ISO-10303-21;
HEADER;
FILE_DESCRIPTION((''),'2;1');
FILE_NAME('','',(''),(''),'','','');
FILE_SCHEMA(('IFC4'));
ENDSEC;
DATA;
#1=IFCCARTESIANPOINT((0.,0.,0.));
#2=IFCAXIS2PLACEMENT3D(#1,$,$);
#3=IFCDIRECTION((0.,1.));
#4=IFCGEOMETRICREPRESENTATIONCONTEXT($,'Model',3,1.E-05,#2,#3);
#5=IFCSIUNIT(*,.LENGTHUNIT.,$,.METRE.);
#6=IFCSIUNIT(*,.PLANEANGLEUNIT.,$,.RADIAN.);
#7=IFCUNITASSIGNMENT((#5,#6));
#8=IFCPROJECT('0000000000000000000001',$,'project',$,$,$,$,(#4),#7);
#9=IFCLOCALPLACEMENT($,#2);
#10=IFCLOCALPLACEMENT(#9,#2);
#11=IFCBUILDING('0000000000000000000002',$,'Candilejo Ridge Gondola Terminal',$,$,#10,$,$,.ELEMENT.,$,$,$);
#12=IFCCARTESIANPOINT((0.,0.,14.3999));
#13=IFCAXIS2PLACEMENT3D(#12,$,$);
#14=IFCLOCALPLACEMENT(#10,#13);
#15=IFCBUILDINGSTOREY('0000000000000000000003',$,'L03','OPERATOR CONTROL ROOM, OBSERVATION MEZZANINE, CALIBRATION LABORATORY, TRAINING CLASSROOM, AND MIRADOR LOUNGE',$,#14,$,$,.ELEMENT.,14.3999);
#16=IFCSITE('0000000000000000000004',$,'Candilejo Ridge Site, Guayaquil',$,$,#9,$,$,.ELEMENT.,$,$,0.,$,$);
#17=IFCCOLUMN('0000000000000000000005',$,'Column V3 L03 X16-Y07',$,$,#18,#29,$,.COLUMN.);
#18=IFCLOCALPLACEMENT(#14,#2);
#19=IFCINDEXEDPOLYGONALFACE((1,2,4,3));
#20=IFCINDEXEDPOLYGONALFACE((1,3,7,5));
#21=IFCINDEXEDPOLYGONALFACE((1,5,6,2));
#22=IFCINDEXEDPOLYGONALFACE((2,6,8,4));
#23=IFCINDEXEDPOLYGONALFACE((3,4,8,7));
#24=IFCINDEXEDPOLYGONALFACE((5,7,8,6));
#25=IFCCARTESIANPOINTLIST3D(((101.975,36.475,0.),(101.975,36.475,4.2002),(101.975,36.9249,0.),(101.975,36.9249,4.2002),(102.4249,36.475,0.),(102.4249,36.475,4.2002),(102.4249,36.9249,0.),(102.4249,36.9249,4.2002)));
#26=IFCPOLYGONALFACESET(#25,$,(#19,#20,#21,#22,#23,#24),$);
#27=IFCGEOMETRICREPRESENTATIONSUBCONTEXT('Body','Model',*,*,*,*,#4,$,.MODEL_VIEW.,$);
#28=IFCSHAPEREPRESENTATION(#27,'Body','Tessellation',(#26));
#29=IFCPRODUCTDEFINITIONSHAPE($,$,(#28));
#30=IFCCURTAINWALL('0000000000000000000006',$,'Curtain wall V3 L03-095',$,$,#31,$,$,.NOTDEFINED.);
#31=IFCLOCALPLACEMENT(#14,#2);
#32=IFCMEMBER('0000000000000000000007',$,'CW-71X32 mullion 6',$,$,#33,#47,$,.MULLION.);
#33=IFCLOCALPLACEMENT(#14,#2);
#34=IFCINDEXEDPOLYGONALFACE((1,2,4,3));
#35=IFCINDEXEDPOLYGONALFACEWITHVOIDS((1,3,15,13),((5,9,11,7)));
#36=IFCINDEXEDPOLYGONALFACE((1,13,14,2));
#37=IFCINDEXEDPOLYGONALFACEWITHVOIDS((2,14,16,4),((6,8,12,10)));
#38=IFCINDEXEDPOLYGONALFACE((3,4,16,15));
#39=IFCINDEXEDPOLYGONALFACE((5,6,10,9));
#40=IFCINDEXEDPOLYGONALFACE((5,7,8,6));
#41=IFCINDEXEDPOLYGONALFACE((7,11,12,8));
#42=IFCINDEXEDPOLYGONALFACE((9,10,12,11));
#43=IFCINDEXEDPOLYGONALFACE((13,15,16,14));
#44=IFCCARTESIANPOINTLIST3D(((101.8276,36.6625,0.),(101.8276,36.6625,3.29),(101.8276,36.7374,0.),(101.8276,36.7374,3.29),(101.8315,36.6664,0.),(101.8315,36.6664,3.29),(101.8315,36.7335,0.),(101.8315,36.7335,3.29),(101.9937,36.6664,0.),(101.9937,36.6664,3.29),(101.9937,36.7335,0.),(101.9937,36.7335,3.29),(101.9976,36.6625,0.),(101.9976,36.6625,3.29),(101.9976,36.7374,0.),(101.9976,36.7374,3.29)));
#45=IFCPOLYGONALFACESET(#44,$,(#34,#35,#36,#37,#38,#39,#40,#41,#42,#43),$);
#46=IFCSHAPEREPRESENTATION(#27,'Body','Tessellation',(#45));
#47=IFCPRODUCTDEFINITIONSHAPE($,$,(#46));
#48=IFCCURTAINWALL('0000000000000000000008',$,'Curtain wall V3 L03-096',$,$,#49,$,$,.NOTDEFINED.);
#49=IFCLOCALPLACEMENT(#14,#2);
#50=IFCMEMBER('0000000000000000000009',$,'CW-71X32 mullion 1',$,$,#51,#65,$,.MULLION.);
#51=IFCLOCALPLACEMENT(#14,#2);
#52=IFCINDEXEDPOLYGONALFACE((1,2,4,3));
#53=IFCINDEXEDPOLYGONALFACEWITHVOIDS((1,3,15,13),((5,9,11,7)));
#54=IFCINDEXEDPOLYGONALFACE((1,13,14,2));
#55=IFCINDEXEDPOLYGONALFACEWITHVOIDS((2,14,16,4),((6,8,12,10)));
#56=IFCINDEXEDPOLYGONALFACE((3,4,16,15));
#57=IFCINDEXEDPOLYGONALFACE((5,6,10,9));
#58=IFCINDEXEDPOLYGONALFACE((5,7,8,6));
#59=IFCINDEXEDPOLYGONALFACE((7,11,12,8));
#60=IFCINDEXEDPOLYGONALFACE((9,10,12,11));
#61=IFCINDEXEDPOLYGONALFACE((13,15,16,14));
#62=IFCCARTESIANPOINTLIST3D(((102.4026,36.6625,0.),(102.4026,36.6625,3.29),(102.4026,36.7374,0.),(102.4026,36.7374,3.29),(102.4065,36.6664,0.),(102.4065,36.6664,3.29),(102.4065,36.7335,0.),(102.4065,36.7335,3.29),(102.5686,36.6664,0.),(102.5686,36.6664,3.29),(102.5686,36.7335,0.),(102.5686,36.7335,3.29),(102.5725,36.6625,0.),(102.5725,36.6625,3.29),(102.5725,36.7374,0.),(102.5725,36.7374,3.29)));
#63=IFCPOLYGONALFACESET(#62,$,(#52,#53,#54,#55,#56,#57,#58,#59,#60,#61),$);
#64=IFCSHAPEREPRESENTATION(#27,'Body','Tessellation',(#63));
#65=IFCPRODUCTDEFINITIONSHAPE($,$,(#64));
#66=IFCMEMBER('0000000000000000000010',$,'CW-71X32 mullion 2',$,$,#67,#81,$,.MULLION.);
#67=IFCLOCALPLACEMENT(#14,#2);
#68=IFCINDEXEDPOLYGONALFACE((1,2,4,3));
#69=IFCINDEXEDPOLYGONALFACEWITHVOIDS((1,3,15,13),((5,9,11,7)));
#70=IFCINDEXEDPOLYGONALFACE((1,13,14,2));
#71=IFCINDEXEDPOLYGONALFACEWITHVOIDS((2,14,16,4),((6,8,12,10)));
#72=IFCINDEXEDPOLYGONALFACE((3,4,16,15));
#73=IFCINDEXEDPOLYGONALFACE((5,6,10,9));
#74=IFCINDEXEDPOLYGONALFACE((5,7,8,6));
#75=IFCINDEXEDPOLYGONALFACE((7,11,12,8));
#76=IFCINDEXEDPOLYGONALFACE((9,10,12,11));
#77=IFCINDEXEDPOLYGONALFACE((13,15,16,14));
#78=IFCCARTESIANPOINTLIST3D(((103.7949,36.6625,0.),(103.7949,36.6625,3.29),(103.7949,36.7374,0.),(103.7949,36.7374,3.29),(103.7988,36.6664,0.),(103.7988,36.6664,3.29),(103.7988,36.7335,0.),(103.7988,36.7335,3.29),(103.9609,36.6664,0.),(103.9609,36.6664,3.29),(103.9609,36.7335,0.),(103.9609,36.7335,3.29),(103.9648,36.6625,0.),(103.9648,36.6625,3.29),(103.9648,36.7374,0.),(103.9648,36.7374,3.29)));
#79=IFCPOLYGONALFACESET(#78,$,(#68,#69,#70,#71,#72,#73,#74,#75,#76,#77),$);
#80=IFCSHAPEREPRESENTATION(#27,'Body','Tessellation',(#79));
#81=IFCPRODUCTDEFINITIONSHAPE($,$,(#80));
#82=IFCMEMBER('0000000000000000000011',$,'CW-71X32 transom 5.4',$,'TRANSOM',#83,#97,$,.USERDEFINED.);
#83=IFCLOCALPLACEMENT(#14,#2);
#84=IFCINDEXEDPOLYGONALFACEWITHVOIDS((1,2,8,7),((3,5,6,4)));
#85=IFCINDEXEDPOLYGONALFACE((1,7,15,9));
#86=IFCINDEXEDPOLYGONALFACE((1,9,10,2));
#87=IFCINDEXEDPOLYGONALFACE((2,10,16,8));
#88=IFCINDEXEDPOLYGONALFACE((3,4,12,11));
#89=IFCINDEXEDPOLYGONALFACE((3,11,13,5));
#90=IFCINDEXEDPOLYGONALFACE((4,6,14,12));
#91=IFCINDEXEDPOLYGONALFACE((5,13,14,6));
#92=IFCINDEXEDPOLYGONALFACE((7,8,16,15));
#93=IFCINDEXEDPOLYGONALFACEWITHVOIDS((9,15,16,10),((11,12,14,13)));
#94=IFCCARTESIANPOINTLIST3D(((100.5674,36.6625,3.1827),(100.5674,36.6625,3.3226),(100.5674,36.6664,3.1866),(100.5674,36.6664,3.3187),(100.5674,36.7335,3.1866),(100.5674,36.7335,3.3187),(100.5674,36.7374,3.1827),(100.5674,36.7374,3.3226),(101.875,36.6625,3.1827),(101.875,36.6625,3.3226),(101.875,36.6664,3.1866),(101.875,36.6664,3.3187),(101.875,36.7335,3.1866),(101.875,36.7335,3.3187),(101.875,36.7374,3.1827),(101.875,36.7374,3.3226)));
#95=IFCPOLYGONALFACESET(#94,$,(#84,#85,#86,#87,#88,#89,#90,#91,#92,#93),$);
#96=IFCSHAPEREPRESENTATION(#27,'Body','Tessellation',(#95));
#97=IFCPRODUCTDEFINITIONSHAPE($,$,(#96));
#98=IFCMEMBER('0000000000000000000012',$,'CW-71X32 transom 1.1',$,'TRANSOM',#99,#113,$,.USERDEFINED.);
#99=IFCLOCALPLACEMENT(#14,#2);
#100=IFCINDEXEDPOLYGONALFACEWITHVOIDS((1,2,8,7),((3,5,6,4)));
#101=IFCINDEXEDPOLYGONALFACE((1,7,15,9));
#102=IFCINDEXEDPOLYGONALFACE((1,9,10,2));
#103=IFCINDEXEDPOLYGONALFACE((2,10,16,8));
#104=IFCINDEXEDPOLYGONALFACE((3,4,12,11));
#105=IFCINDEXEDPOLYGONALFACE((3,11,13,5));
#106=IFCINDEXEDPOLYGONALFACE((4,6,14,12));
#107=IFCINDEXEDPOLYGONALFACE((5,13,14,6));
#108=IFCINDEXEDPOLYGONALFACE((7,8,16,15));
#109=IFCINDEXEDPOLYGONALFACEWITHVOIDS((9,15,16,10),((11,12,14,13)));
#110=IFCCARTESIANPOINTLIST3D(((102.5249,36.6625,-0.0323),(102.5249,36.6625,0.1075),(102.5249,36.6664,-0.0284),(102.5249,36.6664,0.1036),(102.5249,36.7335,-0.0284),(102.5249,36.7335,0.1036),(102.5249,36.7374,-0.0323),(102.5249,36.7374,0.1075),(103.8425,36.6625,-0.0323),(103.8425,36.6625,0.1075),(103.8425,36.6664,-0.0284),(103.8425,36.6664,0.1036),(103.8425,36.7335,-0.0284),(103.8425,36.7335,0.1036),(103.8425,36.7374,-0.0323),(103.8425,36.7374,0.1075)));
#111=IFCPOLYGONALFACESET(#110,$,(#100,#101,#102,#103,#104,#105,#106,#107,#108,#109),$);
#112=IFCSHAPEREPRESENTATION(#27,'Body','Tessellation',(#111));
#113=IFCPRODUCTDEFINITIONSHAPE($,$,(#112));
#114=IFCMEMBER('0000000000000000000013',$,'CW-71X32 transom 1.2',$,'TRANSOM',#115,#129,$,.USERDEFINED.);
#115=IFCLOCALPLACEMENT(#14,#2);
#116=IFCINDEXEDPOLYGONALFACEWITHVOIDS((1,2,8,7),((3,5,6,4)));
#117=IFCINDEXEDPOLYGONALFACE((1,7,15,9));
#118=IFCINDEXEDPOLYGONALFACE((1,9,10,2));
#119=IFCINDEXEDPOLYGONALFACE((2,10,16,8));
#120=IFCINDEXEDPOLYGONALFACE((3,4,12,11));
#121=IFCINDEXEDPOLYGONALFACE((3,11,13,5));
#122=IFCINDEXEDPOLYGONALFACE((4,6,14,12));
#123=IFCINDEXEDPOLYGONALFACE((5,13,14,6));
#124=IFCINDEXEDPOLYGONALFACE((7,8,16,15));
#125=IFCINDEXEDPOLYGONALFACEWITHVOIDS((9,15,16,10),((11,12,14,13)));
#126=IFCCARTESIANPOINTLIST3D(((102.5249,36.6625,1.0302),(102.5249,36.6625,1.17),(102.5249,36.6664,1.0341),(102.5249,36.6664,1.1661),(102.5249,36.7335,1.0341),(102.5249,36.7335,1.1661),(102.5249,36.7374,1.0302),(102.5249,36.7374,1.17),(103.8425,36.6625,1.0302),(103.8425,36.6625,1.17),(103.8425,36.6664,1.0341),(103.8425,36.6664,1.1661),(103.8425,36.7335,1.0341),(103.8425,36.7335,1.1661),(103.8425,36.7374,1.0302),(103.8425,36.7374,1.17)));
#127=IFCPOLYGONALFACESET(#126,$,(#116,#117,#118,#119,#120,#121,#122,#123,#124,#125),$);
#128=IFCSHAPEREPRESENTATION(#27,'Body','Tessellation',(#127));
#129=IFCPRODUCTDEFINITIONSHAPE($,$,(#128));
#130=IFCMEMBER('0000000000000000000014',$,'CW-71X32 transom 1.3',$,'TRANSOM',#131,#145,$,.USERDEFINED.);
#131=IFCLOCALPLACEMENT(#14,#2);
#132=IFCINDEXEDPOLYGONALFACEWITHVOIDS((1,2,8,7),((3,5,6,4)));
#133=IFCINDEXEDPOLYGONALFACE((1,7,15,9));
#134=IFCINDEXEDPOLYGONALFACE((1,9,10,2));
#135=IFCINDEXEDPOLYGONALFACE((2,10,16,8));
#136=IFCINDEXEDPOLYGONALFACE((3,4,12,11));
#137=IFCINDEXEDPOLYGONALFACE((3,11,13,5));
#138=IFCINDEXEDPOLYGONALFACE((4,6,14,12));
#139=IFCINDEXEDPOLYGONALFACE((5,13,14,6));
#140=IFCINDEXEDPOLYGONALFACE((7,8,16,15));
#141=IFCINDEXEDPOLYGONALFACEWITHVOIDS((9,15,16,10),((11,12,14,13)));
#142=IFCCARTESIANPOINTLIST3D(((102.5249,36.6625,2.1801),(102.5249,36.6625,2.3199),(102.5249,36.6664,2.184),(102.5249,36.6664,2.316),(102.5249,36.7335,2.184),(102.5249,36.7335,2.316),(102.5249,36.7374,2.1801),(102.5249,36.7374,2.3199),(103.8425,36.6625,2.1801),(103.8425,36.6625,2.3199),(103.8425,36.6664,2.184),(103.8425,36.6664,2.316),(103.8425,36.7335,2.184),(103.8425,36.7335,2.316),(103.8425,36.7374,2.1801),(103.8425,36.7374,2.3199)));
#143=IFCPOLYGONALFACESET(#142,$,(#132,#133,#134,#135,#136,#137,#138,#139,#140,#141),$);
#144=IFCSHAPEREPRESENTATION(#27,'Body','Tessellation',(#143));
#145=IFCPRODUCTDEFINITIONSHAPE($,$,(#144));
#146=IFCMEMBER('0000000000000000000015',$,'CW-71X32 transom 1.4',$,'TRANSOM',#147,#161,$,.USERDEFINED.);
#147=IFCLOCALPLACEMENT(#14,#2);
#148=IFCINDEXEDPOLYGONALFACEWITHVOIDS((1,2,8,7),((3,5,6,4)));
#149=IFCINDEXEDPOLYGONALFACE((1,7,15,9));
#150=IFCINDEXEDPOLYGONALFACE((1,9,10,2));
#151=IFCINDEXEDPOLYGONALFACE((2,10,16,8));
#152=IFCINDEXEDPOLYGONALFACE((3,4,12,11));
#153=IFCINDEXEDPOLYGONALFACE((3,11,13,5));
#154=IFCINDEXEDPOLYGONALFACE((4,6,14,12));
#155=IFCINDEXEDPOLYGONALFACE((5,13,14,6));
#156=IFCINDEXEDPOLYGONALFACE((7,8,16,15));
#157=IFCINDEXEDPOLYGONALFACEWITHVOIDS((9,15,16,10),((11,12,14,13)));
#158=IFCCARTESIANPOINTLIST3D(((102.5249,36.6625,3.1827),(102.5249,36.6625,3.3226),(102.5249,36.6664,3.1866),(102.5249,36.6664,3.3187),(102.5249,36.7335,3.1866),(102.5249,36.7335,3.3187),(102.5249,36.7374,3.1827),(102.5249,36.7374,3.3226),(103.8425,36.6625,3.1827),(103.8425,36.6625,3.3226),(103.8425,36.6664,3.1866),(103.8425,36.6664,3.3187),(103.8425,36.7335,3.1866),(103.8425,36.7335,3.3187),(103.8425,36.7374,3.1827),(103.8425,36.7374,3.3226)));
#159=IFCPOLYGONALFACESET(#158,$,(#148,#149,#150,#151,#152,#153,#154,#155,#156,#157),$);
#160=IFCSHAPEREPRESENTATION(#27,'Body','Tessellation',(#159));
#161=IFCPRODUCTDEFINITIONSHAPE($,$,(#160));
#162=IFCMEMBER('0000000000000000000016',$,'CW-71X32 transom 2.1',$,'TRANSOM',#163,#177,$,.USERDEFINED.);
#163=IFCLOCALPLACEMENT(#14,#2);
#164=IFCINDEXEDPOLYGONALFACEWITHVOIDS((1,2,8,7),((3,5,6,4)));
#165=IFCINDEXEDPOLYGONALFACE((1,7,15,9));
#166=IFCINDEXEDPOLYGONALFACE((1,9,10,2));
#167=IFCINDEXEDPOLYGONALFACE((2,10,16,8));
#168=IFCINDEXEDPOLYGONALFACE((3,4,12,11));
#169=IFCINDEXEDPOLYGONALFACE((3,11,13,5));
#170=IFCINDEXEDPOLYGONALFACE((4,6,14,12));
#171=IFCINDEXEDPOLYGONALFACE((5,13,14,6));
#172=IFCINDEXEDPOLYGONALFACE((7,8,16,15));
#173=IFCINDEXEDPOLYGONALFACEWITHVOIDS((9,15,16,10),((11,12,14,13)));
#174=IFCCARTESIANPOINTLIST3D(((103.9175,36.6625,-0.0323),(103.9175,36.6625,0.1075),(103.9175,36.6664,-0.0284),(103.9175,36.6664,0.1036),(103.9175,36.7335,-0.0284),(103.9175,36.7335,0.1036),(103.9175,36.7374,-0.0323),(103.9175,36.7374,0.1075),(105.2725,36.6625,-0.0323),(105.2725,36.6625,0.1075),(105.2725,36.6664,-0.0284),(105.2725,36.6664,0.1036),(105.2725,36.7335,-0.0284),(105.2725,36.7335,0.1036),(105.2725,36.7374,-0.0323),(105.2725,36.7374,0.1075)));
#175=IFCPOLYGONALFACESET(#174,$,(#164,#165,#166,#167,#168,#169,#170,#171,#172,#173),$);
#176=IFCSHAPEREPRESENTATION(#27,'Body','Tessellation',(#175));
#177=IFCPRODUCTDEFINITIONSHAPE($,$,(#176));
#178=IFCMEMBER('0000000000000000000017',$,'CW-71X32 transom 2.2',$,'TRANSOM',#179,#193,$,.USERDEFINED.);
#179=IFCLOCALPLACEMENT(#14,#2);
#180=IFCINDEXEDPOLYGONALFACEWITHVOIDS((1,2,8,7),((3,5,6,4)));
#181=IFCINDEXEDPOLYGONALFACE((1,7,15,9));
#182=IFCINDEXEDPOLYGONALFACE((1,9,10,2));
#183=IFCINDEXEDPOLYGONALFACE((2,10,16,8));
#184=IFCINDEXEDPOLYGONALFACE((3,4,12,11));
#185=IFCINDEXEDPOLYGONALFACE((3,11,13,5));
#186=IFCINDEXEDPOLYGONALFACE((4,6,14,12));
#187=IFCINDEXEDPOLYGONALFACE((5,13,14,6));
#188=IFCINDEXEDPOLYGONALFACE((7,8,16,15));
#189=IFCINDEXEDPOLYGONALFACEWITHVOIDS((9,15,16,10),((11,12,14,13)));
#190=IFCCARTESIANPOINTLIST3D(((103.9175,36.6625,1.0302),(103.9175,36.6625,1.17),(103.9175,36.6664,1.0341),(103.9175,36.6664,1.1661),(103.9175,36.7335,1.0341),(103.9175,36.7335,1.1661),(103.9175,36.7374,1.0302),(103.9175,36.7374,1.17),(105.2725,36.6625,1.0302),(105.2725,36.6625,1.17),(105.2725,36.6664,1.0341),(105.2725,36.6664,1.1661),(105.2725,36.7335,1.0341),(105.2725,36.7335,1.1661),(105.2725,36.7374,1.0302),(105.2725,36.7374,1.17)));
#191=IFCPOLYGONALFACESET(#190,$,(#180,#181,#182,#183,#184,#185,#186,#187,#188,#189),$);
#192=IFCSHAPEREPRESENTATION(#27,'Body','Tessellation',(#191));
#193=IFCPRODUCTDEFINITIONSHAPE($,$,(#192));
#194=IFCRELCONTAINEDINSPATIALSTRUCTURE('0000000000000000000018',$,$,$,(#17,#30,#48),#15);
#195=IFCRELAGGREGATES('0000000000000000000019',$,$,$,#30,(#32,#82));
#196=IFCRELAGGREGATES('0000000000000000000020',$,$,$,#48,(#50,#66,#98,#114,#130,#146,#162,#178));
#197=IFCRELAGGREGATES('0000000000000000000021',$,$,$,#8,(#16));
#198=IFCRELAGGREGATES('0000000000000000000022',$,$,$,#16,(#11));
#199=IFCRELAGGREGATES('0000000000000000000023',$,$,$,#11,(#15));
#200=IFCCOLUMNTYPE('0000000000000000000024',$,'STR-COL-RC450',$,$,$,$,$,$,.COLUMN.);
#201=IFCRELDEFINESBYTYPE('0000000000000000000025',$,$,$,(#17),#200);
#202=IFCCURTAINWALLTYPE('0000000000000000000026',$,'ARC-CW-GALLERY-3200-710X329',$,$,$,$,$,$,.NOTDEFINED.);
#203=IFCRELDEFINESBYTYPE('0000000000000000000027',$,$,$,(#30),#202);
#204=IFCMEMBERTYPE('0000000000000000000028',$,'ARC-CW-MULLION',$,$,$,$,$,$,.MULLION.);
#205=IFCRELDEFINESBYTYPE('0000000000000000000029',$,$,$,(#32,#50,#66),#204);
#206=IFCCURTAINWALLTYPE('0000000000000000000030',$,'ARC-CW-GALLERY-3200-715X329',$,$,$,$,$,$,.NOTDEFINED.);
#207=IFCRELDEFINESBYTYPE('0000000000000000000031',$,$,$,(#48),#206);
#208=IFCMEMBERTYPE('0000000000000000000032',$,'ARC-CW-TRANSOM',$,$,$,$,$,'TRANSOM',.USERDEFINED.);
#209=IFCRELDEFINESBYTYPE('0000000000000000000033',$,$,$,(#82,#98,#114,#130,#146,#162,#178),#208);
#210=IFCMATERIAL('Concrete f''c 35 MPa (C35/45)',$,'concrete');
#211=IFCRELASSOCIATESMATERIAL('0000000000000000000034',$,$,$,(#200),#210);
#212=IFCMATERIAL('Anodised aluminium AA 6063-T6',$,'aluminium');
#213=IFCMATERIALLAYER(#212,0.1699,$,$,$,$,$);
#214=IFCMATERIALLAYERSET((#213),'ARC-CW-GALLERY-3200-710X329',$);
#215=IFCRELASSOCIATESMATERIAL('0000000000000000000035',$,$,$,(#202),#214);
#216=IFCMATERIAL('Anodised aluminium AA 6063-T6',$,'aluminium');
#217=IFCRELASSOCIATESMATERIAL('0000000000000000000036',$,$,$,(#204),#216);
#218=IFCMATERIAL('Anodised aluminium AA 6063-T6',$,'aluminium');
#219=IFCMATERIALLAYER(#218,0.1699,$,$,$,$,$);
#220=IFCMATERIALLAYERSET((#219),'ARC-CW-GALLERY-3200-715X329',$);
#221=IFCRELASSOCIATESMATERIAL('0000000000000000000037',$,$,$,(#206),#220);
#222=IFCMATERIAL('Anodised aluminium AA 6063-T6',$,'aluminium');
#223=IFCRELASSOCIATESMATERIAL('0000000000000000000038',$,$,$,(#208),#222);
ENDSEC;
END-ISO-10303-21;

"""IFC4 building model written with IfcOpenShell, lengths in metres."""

from ifc_helpers import new_model, si_unit, direction, frame, origin, origin_2d, place, context, subcontext, project, spatial, rectangle, hollow_rectangle, extrude, material, layer, layer_set, material_profile, profile_set, type_object, element, aggregate, save


model = new_model("IFC4")

# Units and contexts
model_context = context("Model", 3, precision=1e-05, world=origin(), true_north=direction((0.0, 1.0)))
body_context = subcontext(model_context, "Body", "Model", "MODEL_VIEW")
ifc_project = project(units=[si_unit("LENGTHUNIT", "METRE"), si_unit("PLANEANGLEUNIT", "RADIAN")], contexts=[model_context])

# Site, building, storey
site_placement = place(None, origin())
site = spatial("IfcSite", under=ifc_project, at=site_placement, Name="Candilejo Ridge Site, Guayaquil", CompositionType="ELEMENT", RefElevation=0.0)
building_placement = place(site_placement, origin())
building = spatial("IfcBuilding", under=site, at=building_placement, Name="Candilejo Ridge Gondola Terminal", CompositionType="ELEMENT")
storey_placement = place(building_placement, frame((0.0, 0.0, 14.3999)))
storey = spatial("IfcBuildingStorey", under=building, at=storey_placement, Name="L03", Description="OPERATOR CONTROL ROOM, OBSERVATION MEZZANINE, CALIBRATION LABORATORY, TRAINING CLASSROOM, AND MIRADOR LOUNGE", CompositionType="ELEMENT", Elevation=14.3999)

# Column
ifc_material_1 = material(Name="Concrete f'c 35 MPa (C35/45)", Category="concrete")
ifc_material_profile_1 = material_profile(ifc_material_1, rectangle(XDim=0.45, YDim=0.45, at=origin_2d()))
ifc_profile_set_1 = profile_set([ifc_material_profile_1], Name="Concrete f'c 35 MPa (C35/45)")
column_type = type_object("IfcColumnType", Name="STR-COL-RC450", PredefinedType="COLUMN", material=ifc_profile_set_1)
column_placement = place(storey_placement, frame((102.2, 36.7, 0.0), z_axis=(0.0, 0.0, 1.0), x_axis=(1.0, 0.0, 0.0)))
element("IfcColumn", 1, at=column_placement, inside=storey, type_object=column_type, Name="Column V3 L03 X16-Y07", PredefinedType="COLUMN", context=body_context, shape_type="SweptSolid", body=[
    extrude(rectangle(XDim=0.45, YDim=0.45, at=origin_2d()), origin(), (0.0, 0.0, 1.0), 4.2002),
])

# Curtain wall, member
ifc_material_2 = material(Name="Anodised aluminium AA 6063-T6", Category="aluminium")
ifc_layer_1 = layer(ifc_material_2, 0.1699)
ifc_layer_set_1 = layer_set([ifc_layer_1], Name="ARC-CW-GALLERY-3200-710X329")
curtain_wall_type_1 = type_object("IfcCurtainWallType", Name="ARC-CW-GALLERY-3200-710X329", PredefinedType="NOTDEFINED", material=ifc_layer_set_1)
curtain_wall_1_placement = place(storey_placement, origin())
curtain_wall_1 = element("IfcCurtainWall", 2, at=curtain_wall_1_placement, inside=storey, type_object=curtain_wall_type_1, Name="Curtain wall V3 L03-095", PredefinedType="NOTDEFINED")
ifc_material_3 = material(Name="Anodised aluminium AA 6063-T6", Category="aluminium")
ifc_material_profile_2 = material_profile(ifc_material_3, hollow_rectangle(XDim=0.075, YDim=0.1699, WallThickness=0.0039, at=origin_2d()))
ifc_profile_set_2 = profile_set([ifc_material_profile_2], Name="Anodised aluminium AA 6063-T6")
member_type_1 = type_object("IfcMemberType", Name="ARC-CW-MULLION", PredefinedType="MULLION", material=ifc_profile_set_2)
member_1_placement = place(storey_placement, frame((101.9126, 36.7, 0.0), z_axis=(0.0, 0.0, 1.0), x_axis=(0.0, 1.0, 0.0)))
member_1 = element("IfcMember", 3, at=member_1_placement, type_object=member_type_1, Name="CW-71X32 mullion 6", PredefinedType="MULLION", context=body_context, shape_type="SweptSolid", body=[
    extrude(hollow_rectangle(XDim=0.075, YDim=0.1699, WallThickness=0.0039, at=origin_2d()), origin(), (0.0, 0.0, 1.0), 3.29),
])

# Curtain wall, members
ifc_material_4 = material(Name="Anodised aluminium AA 6063-T6", Category="aluminium")
ifc_layer_2 = layer(ifc_material_4, 0.1699)
ifc_layer_set_2 = layer_set([ifc_layer_2], Name="ARC-CW-GALLERY-3200-715X329")
curtain_wall_type_2 = type_object("IfcCurtainWallType", Name="ARC-CW-GALLERY-3200-715X329", PredefinedType="NOTDEFINED", material=ifc_layer_set_2)
curtain_wall_2_placement = place(storey_placement, origin())
curtain_wall_2 = element("IfcCurtainWall", 4, at=curtain_wall_2_placement, inside=storey, type_object=curtain_wall_type_2, Name="Curtain wall V3 L03-096", PredefinedType="NOTDEFINED")
member_2_placement = place(storey_placement, frame((102.4875, 36.7, 0.0), z_axis=(0.0, 0.0, 1.0), x_axis=(0.0, 1.0, 0.0)))
member_2 = element("IfcMember", 5, at=member_2_placement, type_object=member_type_1, Name="CW-71X32 mullion 1", PredefinedType="MULLION", context=body_context, shape_type="SweptSolid", body=[
    extrude(hollow_rectangle(XDim=0.075, YDim=0.1699, WallThickness=0.0039, at=origin_2d()), origin(), (0.0, 0.0, 1.0), 3.29),
])
member_3_placement = place(storey_placement, frame((103.8799, 36.7, 0.0), z_axis=(0.0, 0.0, 1.0), x_axis=(0.0, 1.0, 0.0)))
member_3 = element("IfcMember", 6, at=member_3_placement, type_object=member_type_1, Name="CW-71X32 mullion 2", PredefinedType="MULLION", context=body_context, shape_type="SweptSolid", body=[
    extrude(hollow_rectangle(XDim=0.075, YDim=0.1699, WallThickness=0.0039, at=origin_2d()), origin(), (0.0, 0.0, 1.0), 3.29),
])

# Members
ifc_material_5 = material(Name="Anodised aluminium AA 6063-T6", Category="aluminium")
ifc_material_profile_3 = material_profile(ifc_material_5, hollow_rectangle(XDim=0.075, YDim=0.1399, WallThickness=0.0039, at=origin_2d()))
ifc_profile_set_3 = profile_set([ifc_material_profile_3], Name="Anodised aluminium AA 6063-T6")
member_type_2 = type_object("IfcMemberType", Name="ARC-CW-TRANSOM", ElementType="TRANSOM", PredefinedType="USERDEFINED", material=ifc_profile_set_3)
member_4_placement = place(storey_placement, frame((100.5674, 36.7, 3.2527), z_axis=(1.0, 0.0, 0.0), x_axis=(0.0, 1.0, 0.0)))
member_4 = element("IfcMember", 7, at=member_4_placement, type_object=member_type_2, Name="CW-71X32 transom 5.4", ObjectType="TRANSOM", PredefinedType="USERDEFINED", context=body_context, shape_type="SweptSolid", body=[
    extrude(hollow_rectangle(XDim=0.075, YDim=0.1399, WallThickness=0.0039, at=origin_2d()), origin(), (0.0, 0.0, 1.0), 1.3076),
])
member_5_placement = place(storey_placement, frame((102.5249, 36.7, 0.0376), z_axis=(1.0, 0.0, 0.0), x_axis=(0.0, 1.0, 0.0)))
member_5 = element("IfcMember", 8, at=member_5_placement, type_object=member_type_2, Name="CW-71X32 transom 1.1", ObjectType="TRANSOM", PredefinedType="USERDEFINED", context=body_context, shape_type="SweptSolid", body=[
    extrude(hollow_rectangle(XDim=0.075, YDim=0.1399, WallThickness=0.0039, at=origin_2d()), origin(), (0.0, 0.0, 1.0), 1.3176),
])
member_6_placement = place(storey_placement, frame((102.5249, 36.7, 1.1001), z_axis=(1.0, 0.0, 0.0), x_axis=(0.0, 1.0, 0.0)))
member_6 = element("IfcMember", 9, at=member_6_placement, type_object=member_type_2, Name="CW-71X32 transom 1.2", ObjectType="TRANSOM", PredefinedType="USERDEFINED", context=body_context, shape_type="SweptSolid", body=[
    extrude(hollow_rectangle(XDim=0.075, YDim=0.1399, WallThickness=0.0039, at=origin_2d()), origin(), (0.0, 0.0, 1.0), 1.3176),
])
member_7_placement = place(storey_placement, frame((102.5249, 36.7, 2.25), z_axis=(1.0, 0.0, 0.0), x_axis=(0.0, 1.0, 0.0)))
member_7 = element("IfcMember", 10, at=member_7_placement, type_object=member_type_2, Name="CW-71X32 transom 1.3", ObjectType="TRANSOM", PredefinedType="USERDEFINED", context=body_context, shape_type="SweptSolid", body=[
    extrude(hollow_rectangle(XDim=0.075, YDim=0.1399, WallThickness=0.0039, at=origin_2d()), origin(), (0.0, 0.0, 1.0), 1.3176),
])
member_8_placement = place(storey_placement, frame((102.5249, 36.7, 3.2527), z_axis=(1.0, 0.0, 0.0), x_axis=(0.0, 1.0, 0.0)))
member_8 = element("IfcMember", 11, at=member_8_placement, type_object=member_type_2, Name="CW-71X32 transom 1.4", ObjectType="TRANSOM", PredefinedType="USERDEFINED", context=body_context, shape_type="SweptSolid", body=[
    extrude(hollow_rectangle(XDim=0.075, YDim=0.1399, WallThickness=0.0039, at=origin_2d()), origin(), (0.0, 0.0, 1.0), 1.3176),
])
member_9_placement = place(storey_placement, frame((103.9175, 36.7, 0.0376), z_axis=(1.0, 0.0, 0.0), x_axis=(0.0, 1.0, 0.0)))
member_9 = element("IfcMember", 12, at=member_9_placement, type_object=member_type_2, Name="CW-71X32 transom 2.1", ObjectType="TRANSOM", PredefinedType="USERDEFINED", context=body_context, shape_type="SweptSolid", body=[
    extrude(hollow_rectangle(XDim=0.075, YDim=0.1399, WallThickness=0.0039, at=origin_2d()), origin(), (0.0, 0.0, 1.0), 1.355),
])
member_10_placement = place(storey_placement, frame((103.9175, 36.7, 1.1001), z_axis=(1.0, 0.0, 0.0), x_axis=(0.0, 1.0, 0.0)))
member_10 = element("IfcMember", 13, at=member_10_placement, type_object=member_type_2, Name="CW-71X32 transom 2.2", ObjectType="TRANSOM", PredefinedType="USERDEFINED", context=body_context, shape_type="SweptSolid", body=[
    extrude(hollow_rectangle(XDim=0.075, YDim=0.1399, WallThickness=0.0039, at=origin_2d()), origin(), (0.0, 0.0, 1.0), 1.355),
])

aggregate(curtain_wall_1, [member_1, member_4])
aggregate(curtain_wall_2, [member_2, member_3, member_5, member_6, member_7, member_8, member_9, member_10])

save(model, "model.ifc")
